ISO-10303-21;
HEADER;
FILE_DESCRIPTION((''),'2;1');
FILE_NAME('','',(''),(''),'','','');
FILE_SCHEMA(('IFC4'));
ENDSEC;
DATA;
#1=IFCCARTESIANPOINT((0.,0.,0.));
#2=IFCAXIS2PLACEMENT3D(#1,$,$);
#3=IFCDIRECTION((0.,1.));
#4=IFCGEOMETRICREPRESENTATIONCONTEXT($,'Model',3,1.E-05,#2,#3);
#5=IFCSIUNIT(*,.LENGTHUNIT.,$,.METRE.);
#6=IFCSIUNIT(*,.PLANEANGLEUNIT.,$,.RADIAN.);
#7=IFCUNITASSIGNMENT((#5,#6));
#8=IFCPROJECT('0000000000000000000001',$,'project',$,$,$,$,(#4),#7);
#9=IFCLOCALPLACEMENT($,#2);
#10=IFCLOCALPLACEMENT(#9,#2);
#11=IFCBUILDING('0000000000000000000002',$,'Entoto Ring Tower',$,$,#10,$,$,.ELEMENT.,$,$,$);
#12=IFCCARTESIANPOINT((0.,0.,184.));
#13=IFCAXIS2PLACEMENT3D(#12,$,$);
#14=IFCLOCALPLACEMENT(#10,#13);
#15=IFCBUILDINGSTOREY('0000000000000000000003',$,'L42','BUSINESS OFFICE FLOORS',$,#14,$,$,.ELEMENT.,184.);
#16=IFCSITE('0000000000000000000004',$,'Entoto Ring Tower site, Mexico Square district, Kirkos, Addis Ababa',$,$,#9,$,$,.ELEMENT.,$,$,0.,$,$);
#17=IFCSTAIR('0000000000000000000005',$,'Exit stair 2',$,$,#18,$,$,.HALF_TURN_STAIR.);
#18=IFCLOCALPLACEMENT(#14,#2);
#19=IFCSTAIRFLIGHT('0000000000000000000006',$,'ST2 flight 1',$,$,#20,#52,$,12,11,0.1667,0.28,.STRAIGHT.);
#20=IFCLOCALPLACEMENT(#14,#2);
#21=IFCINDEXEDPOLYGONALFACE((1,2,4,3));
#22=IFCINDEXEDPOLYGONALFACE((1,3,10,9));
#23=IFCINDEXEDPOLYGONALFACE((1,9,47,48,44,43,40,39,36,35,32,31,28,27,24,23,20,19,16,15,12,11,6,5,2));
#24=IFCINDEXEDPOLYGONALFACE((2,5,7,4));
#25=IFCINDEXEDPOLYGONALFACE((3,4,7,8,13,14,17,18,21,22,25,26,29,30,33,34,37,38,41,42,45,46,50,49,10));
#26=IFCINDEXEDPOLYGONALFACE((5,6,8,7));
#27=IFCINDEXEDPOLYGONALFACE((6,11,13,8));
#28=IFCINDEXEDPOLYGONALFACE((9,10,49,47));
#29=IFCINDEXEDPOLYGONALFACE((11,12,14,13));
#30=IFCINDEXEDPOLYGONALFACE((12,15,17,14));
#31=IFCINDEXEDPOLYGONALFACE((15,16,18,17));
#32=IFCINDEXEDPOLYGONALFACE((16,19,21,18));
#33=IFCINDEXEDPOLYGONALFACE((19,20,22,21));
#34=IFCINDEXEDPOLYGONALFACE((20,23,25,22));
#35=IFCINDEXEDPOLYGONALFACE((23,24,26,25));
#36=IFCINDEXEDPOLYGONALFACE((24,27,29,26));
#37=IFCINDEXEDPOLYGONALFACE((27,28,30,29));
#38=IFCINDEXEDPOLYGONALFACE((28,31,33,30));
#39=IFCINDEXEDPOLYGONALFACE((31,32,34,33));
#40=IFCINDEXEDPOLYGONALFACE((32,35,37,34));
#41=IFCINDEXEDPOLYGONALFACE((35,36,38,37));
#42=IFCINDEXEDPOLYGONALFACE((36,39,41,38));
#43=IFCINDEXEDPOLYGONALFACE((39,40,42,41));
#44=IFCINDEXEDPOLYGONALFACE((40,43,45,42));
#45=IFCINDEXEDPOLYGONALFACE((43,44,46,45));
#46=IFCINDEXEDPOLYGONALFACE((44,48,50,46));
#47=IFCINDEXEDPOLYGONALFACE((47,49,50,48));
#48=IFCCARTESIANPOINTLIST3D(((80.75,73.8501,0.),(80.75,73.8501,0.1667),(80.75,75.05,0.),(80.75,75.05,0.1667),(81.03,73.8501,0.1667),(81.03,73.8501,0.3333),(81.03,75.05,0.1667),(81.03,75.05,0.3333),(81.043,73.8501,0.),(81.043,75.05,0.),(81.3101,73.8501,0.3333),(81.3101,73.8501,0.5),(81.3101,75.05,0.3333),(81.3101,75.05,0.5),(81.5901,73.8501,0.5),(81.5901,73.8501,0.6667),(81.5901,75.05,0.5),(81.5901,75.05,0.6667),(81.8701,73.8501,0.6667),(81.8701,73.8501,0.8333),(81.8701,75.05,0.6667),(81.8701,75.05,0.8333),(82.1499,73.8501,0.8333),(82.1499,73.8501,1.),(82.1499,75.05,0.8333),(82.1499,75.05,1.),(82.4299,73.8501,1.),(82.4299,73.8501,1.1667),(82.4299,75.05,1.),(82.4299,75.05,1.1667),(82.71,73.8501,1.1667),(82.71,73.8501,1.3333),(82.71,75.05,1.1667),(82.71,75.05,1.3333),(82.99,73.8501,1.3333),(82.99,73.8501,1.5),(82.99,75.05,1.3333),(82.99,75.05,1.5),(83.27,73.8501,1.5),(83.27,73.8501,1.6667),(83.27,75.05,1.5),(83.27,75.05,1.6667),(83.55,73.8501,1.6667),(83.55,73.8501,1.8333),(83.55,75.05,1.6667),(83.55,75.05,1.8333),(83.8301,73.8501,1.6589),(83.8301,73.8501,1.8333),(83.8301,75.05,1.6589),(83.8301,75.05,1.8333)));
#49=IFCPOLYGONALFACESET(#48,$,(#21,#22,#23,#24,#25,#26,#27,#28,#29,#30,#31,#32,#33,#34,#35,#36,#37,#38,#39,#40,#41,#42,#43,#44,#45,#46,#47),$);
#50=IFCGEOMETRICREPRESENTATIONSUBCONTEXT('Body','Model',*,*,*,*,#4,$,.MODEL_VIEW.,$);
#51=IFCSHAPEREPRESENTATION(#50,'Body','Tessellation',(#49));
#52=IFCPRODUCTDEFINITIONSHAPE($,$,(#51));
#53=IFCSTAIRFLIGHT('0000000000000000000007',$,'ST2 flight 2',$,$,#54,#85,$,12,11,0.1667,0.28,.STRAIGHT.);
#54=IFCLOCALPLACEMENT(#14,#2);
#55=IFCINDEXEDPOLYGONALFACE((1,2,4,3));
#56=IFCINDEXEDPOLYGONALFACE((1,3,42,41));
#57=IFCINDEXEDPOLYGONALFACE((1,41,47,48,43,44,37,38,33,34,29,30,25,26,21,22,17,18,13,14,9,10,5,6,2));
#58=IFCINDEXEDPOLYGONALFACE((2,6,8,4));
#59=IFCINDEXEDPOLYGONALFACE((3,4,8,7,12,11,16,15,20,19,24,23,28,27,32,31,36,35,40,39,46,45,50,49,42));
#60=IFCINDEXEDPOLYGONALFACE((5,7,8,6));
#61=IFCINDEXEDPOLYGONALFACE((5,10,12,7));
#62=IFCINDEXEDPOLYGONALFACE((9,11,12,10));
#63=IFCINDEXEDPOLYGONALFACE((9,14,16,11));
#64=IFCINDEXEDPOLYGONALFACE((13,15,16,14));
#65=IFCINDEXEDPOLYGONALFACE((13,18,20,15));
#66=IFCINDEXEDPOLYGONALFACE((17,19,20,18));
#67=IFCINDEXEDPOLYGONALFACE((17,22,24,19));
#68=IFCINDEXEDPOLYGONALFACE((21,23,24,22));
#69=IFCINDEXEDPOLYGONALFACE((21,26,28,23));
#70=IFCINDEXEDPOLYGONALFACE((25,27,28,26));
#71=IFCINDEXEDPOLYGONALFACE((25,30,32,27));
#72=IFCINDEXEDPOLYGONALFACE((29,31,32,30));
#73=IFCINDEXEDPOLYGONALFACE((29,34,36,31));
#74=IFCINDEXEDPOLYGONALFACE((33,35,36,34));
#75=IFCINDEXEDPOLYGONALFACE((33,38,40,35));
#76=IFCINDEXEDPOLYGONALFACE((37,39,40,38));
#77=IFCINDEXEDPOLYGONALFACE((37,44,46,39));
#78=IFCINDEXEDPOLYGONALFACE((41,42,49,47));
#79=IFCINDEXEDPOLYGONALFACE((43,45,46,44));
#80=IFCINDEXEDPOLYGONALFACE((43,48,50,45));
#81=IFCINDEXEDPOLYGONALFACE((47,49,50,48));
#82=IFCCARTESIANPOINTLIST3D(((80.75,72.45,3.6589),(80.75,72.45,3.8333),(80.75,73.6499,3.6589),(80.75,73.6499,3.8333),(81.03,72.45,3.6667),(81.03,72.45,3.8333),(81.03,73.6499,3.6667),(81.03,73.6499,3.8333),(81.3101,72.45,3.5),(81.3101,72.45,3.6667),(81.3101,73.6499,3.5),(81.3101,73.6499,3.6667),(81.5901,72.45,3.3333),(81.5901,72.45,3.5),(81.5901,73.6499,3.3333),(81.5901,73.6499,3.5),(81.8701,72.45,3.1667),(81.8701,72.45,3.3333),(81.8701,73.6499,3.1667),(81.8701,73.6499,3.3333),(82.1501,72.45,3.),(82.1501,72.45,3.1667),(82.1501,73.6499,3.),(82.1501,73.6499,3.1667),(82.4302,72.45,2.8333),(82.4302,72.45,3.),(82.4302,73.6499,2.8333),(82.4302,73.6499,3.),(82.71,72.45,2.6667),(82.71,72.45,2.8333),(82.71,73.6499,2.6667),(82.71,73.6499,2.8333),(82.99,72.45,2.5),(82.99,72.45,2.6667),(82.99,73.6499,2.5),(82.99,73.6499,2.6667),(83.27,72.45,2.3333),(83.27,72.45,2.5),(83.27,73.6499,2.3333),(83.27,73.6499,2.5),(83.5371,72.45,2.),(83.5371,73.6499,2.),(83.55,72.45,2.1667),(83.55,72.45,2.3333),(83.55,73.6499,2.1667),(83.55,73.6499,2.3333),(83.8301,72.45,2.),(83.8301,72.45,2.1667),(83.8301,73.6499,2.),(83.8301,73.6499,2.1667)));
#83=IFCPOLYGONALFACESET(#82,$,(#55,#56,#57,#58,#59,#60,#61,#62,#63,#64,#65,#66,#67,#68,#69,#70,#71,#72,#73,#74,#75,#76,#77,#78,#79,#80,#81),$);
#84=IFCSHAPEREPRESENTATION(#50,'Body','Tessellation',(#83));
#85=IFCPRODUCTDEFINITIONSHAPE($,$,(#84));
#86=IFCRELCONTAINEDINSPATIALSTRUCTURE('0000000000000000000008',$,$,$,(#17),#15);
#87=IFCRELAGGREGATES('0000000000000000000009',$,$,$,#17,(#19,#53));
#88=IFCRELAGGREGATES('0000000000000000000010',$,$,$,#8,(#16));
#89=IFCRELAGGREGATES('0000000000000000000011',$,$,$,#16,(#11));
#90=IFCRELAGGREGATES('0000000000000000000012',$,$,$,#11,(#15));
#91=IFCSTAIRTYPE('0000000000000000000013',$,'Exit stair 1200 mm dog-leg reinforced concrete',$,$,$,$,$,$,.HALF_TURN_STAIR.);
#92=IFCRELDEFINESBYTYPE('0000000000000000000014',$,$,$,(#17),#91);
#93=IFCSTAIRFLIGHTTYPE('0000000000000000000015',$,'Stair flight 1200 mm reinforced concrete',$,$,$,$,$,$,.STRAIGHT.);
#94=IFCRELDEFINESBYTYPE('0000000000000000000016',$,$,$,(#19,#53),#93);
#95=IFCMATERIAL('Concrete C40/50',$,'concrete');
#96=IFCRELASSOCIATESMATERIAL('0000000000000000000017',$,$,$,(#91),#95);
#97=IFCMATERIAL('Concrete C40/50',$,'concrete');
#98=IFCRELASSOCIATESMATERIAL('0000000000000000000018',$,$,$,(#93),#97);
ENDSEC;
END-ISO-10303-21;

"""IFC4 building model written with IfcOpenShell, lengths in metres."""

from ifc_helpers import new_model, si_unit, direction, frame, origin, place, context, subcontext, project, spatial, polyline, outline, extrude, material, type_object, element, aggregate, save


model = new_model("IFC4")

# Units and contexts
model_context = context("Model", 3, precision=1e-05, world=origin(), true_north=direction((0.0, 1.0)))
body_context = subcontext(model_context, "Body", "Model", "MODEL_VIEW")
ifc_project = project(units=[si_unit("LENGTHUNIT", "METRE"), si_unit("PLANEANGLEUNIT", "RADIAN")], contexts=[model_context])

# Site, building, storey
site_placement = place(None, origin())
site = spatial("IfcSite", under=ifc_project, at=site_placement, Name="Entoto Ring Tower site, Mexico Square district, Kirkos, Addis Ababa", CompositionType="ELEMENT", RefElevation=0.0)
building_placement = place(site_placement, origin())
building = spatial("IfcBuilding", under=site, at=building_placement, Name="Entoto Ring Tower", CompositionType="ELEMENT")
storey_placement = place(building_placement, frame((0.0, 0.0, 184.0)))
storey = spatial("IfcBuildingStorey", under=building, at=storey_placement, Name="L42", Description="BUSINESS OFFICE FLOORS", CompositionType="ELEMENT", Elevation=184.0)

# Stair, stair flights
ifc_material_1 = material(Name="Concrete C40/50", Category="concrete")
stair_type = type_object("IfcStairType", Name="Exit stair 1200 mm dog-leg reinforced concrete", PredefinedType="HALF_TURN_STAIR", material=ifc_material_1)
stair_placement = place(storey_placement, origin())
stair = element("IfcStair", 1, at=stair_placement, inside=storey, type_object=stair_type, Name="Exit stair 2", PredefinedType="HALF_TURN_STAIR")
ifc_material_2 = material(Name="Concrete C40/50", Category="concrete")
stair_flight_type = type_object("IfcStairFlightType", Name="Stair flight 1200 mm reinforced concrete", PredefinedType="STRAIGHT", material=ifc_material_2)
stair_flight_1_placement = place(storey_placement, frame((80.75, 74.45, 0.0), z_axis=(0.0, 0.0, 1.0), x_axis=(1.0, 0.0, 0.0)))
stair_flight_1 = element("IfcStairFlight", 2, at=stair_flight_1_placement, type_object=stair_flight_type, Name="ST2 flight 1", NumberOfRisers=12, NumberOfTreads=11, PredefinedType="STRAIGHT", RiserHeight=0.1667, TreadLength=0.28, context=body_context, shape_type="SweptSolid", body=[
    extrude(outline(polyline([(0.0, 0.0), (0.0, 0.1667), (0.28, 0.1667), (0.28, 0.3333), (0.5601, 0.3333), (0.5601, 0.5), (0.8401, 0.5), (0.8401, 0.6667), (1.1201, 0.6667), (1.1201, 0.8333), (1.3999, 0.8333), (1.3999, 1.0), (1.6799, 1.0), (1.6799, 1.1667), (1.96, 1.1667), (1.96, 1.3333), (2.24, 1.3333), (2.24, 1.5), (2.52, 1.5), (2.52, 1.6667), (2.8, 1.6667), (2.8, 1.8333), (3.0801, 1.8333), (3.0801, 2.0), (3.0801, 1.6589), (0.293, 0.0), (0.0, 0.0)])), frame((0.0, 0.6001, 0.0), z_axis=(0.0, -1.0, 0.0), x_axis=(1.0, 0.0, 0.0)), (0.0, 0.0, 1.0), 1.2),
])
stair_flight_2_placement = place(storey_placement, frame((83.8301, 73.05, 2.0), z_axis=(0.0, 0.0, 1.0), x_axis=(-1.0, 0.0, 0.0)))
stair_flight_2 = element("IfcStairFlight", 3, at=stair_flight_2_placement, type_object=stair_flight_type, Name="ST2 flight 2", NumberOfRisers=12, NumberOfTreads=11, PredefinedType="STRAIGHT", RiserHeight=0.1667, TreadLength=0.28, context=body_context, shape_type="SweptSolid", body=[
    extrude(outline(polyline([(0.0, 0.0), (0.0, 0.1667), (0.28, 0.1667), (0.28, 0.3333), (0.5601, 0.3333), (0.5601, 0.5), (0.8401, 0.5), (0.8401, 0.6667), (1.1201, 0.6667), (1.1201, 0.8333), (1.3999, 0.8333), (1.3999, 1.0), (1.6799, 1.0), (1.6799, 1.1667), (1.96, 1.1667), (1.96, 1.3333), (2.24, 1.3333), (2.24, 1.5), (2.52, 1.5), (2.52, 1.6667), (2.8, 1.6667), (2.8, 1.8333), (3.0801, 1.8333), (3.0801, 2.0), (3.0801, 1.6589), (0.293, 0.0), (0.0, 0.0)])), frame((0.0, 0.6001, 0.0), z_axis=(0.0, -1.0, 0.0), x_axis=(1.0, 0.0, 0.0)), (0.0, 0.0, 1.0), 1.2),
])
aggregate(stair, [stair_flight_1, stair_flight_2])

save(model, "model.ifc")
